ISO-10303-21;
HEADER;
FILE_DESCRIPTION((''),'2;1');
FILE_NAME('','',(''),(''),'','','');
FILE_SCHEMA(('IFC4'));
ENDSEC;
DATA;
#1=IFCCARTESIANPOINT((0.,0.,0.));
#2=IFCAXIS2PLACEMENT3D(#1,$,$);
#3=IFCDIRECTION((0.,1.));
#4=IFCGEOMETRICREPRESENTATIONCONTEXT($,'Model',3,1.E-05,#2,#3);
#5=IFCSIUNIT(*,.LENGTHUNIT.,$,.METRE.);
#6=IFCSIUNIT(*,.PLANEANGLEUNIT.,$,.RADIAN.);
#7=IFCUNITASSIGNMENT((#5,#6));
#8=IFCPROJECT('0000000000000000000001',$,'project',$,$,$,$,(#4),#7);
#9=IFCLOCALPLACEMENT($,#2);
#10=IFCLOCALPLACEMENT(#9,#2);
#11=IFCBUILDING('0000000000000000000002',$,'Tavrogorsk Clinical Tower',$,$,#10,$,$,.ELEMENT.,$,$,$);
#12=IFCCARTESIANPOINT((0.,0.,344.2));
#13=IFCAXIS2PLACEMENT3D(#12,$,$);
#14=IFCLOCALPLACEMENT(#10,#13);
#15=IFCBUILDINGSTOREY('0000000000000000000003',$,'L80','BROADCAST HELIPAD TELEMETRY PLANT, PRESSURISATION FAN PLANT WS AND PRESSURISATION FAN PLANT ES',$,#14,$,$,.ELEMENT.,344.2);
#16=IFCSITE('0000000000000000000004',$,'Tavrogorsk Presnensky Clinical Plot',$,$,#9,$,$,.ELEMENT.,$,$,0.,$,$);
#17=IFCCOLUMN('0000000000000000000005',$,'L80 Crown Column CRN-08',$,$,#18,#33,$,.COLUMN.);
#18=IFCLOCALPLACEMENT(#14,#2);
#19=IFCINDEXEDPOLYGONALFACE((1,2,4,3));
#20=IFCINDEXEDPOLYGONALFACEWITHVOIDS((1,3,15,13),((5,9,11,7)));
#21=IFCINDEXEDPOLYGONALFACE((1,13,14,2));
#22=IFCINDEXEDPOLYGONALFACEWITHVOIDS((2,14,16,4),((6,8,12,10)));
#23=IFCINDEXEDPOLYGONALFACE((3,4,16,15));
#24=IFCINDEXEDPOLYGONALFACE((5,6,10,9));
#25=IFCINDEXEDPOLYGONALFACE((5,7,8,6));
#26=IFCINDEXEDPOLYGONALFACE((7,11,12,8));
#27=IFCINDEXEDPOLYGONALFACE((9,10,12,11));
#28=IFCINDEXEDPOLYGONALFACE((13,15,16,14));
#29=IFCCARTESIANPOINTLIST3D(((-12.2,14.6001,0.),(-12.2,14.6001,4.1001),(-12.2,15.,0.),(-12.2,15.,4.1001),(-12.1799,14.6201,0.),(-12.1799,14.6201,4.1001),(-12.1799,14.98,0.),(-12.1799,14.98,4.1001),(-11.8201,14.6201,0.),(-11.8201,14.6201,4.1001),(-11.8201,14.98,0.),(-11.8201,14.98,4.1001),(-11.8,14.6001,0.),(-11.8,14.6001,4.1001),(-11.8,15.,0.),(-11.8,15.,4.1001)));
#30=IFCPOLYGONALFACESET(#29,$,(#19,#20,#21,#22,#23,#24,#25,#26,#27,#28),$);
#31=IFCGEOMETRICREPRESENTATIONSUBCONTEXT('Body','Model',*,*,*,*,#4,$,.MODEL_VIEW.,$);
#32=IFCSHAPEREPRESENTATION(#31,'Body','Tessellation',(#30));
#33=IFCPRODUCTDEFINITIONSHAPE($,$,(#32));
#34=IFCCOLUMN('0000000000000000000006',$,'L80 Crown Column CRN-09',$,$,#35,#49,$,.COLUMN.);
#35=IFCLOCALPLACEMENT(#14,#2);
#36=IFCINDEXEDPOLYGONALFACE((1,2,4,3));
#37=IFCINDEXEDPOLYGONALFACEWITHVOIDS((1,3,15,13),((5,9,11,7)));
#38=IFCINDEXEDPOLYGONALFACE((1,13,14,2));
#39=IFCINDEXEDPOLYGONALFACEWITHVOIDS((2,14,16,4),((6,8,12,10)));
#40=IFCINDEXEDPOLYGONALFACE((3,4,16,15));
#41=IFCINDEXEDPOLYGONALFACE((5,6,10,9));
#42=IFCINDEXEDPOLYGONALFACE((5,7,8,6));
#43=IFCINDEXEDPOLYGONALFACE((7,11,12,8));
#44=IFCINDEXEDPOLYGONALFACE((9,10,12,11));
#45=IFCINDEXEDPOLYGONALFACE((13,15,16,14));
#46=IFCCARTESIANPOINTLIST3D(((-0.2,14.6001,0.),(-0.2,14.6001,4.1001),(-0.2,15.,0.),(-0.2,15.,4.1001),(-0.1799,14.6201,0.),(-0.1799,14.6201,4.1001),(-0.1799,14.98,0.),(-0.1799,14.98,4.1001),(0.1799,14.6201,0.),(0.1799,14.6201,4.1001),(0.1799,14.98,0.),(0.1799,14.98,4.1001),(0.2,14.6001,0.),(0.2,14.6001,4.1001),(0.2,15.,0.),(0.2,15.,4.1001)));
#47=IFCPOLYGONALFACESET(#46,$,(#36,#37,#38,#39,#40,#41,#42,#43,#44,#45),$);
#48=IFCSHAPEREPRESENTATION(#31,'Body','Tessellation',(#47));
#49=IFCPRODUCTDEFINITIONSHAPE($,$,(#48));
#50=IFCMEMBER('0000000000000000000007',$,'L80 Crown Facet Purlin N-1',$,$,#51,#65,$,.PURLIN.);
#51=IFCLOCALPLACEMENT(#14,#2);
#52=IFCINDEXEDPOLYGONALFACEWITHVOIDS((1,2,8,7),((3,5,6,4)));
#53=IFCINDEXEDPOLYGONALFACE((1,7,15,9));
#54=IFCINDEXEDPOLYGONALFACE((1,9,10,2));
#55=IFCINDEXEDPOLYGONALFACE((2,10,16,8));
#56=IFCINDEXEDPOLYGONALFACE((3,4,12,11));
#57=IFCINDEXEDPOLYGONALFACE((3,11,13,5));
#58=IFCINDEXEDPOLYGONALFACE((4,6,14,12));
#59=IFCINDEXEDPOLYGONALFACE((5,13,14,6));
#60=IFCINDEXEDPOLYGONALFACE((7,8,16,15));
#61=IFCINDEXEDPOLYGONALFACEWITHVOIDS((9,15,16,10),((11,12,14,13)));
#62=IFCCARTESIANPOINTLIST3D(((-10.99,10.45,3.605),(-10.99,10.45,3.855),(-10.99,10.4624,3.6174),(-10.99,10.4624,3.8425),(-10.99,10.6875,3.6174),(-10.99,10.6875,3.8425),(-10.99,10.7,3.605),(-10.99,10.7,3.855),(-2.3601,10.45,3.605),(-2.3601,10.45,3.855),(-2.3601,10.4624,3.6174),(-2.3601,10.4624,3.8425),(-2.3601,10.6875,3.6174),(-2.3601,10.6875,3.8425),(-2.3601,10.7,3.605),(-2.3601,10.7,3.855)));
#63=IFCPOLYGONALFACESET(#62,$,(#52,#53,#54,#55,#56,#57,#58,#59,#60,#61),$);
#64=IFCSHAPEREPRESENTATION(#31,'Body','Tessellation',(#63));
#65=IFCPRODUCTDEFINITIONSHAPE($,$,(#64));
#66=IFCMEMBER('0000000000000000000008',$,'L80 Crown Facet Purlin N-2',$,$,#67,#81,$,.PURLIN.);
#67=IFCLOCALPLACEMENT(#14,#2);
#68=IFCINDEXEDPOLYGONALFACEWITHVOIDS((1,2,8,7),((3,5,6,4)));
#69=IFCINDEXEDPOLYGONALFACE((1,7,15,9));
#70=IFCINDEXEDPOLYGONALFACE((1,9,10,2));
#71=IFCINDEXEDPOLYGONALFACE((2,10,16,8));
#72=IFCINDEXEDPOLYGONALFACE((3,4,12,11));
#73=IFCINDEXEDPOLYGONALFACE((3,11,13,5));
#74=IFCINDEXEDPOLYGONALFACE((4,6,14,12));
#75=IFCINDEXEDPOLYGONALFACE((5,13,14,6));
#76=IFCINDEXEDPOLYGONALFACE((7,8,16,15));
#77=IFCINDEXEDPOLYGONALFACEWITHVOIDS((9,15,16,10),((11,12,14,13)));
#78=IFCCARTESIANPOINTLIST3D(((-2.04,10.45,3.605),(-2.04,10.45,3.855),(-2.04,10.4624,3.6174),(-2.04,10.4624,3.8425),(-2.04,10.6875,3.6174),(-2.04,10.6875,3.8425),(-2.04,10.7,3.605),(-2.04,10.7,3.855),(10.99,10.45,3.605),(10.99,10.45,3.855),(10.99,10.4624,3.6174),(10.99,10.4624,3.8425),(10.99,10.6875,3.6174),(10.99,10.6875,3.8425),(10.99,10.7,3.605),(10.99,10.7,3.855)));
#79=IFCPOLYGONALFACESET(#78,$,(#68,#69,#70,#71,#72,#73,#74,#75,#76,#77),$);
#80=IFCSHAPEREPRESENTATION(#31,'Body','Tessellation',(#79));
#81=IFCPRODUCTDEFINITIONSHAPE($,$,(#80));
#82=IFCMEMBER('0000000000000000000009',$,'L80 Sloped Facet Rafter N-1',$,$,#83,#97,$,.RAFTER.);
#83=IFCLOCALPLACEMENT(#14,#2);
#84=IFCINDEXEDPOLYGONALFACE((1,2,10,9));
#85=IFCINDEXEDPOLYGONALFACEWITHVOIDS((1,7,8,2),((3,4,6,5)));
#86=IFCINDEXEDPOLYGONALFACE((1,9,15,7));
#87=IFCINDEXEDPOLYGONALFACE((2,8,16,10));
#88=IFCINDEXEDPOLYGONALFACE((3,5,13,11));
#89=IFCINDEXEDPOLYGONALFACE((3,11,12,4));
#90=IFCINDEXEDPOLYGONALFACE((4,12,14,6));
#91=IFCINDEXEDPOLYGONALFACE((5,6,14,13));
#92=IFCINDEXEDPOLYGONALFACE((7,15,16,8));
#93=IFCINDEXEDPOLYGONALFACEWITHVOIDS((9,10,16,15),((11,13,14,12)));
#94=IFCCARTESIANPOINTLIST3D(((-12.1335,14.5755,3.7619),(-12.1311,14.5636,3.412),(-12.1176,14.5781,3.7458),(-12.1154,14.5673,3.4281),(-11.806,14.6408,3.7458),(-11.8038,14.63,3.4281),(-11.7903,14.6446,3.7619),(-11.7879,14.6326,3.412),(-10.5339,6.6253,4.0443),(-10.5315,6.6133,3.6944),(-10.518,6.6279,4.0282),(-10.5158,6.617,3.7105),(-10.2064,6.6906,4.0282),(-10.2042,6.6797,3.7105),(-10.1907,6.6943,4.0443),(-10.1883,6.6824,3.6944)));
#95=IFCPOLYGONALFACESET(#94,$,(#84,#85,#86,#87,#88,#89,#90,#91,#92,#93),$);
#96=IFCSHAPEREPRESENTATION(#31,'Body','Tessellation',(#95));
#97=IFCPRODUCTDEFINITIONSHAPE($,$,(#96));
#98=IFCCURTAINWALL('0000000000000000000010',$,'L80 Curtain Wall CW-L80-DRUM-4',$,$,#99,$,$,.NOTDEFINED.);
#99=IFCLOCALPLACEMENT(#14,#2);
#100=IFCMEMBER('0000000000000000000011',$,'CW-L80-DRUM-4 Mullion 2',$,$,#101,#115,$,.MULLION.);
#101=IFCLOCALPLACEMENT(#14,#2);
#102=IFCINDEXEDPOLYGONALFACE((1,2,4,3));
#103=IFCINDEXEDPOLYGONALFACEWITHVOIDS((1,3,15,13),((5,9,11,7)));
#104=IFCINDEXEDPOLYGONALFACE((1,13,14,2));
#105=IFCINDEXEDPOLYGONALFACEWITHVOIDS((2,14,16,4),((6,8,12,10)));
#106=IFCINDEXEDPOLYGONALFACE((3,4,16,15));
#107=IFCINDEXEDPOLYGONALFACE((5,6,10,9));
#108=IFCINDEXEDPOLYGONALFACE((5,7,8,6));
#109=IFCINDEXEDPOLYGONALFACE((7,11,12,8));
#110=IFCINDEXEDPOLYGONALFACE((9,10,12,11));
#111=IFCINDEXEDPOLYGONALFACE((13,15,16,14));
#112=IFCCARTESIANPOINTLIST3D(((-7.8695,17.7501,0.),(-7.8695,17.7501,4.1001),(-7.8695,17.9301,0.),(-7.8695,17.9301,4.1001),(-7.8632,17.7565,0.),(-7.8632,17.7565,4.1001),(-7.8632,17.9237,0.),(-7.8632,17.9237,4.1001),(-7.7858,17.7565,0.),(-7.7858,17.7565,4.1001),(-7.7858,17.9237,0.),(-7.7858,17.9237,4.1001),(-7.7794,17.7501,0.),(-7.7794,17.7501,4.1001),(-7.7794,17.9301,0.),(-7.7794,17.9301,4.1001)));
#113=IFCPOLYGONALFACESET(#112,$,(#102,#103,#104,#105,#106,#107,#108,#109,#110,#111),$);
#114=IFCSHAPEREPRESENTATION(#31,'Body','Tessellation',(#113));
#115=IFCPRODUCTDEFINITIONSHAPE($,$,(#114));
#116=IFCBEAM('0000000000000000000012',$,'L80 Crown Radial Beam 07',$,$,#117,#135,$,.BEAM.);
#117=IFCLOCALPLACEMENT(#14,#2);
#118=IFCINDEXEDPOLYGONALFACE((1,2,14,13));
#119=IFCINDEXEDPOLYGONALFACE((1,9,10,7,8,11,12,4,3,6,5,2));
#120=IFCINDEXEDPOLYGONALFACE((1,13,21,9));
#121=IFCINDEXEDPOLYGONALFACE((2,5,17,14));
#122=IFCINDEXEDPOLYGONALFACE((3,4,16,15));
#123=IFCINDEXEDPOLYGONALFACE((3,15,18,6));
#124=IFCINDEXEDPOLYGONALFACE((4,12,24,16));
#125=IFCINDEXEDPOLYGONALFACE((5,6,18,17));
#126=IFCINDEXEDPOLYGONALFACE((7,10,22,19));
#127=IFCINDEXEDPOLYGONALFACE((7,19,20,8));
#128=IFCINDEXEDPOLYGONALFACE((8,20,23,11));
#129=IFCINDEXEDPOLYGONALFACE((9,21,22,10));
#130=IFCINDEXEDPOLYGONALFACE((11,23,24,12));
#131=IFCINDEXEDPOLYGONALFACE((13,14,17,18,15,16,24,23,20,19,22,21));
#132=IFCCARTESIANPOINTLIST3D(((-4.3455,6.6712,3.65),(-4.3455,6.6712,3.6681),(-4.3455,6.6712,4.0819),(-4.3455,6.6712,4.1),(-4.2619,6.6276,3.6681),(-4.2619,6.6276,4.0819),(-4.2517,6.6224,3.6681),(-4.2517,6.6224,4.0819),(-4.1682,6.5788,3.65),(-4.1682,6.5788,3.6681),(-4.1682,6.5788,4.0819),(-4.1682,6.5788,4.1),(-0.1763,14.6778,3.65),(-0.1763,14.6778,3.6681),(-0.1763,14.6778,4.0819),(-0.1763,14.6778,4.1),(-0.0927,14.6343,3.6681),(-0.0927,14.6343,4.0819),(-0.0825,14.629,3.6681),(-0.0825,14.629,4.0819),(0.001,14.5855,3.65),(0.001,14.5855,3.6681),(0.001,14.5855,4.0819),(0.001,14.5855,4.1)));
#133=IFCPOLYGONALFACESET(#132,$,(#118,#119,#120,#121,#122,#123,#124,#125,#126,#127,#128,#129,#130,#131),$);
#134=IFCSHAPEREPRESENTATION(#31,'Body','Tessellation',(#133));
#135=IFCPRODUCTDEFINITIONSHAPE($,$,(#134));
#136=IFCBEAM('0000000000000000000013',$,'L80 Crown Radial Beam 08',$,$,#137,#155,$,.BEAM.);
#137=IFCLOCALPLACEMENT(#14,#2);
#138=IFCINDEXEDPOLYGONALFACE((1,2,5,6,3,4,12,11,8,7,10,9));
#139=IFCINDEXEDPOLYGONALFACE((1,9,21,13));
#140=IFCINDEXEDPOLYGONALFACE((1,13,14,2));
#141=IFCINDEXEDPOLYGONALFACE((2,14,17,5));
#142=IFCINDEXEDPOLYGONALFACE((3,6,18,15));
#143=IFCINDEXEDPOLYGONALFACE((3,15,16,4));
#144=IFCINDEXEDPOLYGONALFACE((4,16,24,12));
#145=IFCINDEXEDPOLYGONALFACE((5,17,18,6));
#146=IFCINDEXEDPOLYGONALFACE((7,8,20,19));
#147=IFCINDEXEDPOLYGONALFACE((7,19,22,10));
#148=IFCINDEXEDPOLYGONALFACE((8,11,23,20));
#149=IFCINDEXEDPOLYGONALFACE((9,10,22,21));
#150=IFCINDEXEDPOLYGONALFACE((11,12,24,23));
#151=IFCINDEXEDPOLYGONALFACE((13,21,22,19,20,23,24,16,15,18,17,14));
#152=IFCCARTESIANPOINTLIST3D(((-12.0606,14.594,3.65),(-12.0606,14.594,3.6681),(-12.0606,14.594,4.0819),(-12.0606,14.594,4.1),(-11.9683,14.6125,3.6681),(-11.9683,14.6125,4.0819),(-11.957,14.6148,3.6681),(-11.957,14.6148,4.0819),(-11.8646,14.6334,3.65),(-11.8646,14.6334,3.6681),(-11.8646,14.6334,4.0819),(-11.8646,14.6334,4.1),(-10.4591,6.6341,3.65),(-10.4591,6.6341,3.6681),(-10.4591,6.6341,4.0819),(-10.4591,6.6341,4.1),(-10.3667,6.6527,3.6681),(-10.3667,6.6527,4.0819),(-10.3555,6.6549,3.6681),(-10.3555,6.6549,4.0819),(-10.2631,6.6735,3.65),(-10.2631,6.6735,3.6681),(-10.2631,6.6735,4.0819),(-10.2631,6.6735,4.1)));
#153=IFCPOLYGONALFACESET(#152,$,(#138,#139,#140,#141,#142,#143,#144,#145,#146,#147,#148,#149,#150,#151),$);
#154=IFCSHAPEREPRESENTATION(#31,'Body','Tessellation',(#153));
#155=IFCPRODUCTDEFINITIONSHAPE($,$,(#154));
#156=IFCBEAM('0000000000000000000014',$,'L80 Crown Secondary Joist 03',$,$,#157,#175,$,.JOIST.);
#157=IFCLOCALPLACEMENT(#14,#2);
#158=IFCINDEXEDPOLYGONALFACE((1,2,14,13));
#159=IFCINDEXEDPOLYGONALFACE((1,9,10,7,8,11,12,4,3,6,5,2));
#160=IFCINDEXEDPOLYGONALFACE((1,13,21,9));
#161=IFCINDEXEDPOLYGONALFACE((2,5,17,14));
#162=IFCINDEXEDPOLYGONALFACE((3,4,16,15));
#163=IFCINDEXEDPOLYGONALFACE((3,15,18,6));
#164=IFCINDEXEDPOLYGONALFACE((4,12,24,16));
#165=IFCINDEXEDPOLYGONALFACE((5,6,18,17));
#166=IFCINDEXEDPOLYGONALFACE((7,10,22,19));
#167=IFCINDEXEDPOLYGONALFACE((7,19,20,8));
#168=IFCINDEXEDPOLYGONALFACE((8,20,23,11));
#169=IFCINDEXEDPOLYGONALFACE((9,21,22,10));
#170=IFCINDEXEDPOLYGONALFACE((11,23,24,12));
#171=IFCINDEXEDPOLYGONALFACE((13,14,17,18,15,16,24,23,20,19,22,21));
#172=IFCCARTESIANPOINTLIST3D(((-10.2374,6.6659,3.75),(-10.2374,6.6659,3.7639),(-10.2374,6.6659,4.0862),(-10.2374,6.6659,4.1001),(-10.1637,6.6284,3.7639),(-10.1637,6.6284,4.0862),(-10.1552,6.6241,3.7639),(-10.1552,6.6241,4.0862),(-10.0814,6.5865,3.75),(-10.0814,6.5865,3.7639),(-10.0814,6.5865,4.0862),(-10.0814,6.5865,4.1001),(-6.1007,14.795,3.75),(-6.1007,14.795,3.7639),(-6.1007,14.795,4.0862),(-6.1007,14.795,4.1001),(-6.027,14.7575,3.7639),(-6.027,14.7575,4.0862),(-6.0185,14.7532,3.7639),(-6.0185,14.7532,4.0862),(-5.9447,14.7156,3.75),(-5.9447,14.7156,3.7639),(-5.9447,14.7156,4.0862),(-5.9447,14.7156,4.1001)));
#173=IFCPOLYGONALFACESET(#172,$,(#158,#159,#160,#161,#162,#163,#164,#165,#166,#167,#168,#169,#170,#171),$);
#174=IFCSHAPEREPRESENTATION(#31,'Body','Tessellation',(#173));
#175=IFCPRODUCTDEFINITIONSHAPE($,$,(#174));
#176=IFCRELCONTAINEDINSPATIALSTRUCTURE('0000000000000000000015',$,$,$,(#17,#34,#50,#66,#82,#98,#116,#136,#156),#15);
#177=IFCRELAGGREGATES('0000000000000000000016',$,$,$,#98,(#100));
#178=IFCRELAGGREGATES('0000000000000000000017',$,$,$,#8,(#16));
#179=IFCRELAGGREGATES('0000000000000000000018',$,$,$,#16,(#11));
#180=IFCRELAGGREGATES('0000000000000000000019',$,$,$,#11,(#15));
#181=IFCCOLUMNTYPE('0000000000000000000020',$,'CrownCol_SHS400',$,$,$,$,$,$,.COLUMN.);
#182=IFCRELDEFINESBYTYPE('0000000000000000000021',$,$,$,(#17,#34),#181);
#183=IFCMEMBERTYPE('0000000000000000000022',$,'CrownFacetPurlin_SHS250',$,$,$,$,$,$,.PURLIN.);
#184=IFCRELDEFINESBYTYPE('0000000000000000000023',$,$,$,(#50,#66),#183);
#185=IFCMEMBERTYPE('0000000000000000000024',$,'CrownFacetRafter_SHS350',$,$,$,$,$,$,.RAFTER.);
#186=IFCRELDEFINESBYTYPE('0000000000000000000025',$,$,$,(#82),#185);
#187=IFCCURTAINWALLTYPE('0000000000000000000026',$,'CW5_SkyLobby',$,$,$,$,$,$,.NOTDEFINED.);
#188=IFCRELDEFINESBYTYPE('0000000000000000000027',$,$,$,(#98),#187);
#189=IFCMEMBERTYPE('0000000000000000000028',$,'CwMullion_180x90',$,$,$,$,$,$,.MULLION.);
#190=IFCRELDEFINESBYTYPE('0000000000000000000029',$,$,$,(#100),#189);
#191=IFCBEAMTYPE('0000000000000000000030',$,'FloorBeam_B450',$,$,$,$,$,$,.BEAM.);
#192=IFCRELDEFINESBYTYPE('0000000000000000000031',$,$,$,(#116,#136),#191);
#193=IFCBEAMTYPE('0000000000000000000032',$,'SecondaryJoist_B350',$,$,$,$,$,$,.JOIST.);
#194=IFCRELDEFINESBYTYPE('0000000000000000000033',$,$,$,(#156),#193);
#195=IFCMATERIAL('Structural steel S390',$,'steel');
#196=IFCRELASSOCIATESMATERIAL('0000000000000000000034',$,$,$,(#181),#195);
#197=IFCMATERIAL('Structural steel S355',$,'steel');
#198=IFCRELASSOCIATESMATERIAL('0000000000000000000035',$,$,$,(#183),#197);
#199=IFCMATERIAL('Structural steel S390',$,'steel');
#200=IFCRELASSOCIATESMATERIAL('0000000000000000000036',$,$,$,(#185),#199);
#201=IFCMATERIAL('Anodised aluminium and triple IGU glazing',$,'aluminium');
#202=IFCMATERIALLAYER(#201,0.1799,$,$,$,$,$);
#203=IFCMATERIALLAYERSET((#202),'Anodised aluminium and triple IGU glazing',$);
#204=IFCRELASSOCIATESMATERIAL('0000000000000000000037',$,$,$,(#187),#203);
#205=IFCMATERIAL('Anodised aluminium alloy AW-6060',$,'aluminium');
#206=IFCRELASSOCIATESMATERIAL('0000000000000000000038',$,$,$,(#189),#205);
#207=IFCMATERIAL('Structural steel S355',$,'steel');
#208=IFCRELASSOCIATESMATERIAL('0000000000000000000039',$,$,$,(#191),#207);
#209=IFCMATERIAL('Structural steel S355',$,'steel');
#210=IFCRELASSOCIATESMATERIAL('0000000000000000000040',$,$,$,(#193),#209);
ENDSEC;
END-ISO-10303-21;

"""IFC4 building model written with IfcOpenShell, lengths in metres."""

from ifc_helpers import new_model, si_unit, direction, frame, origin, origin_2d, place, context, subcontext, project, spatial, hollow_rectangle, i_section, extrude, material, layer, layer_set, material_profile, profile_set, type_object, element, aggregate, save


model = new_model("IFC4")

# Units and contexts
model_context = context("Model", 3, precision=1e-05, world=origin(), true_north=direction((0.0, 1.0)))
body_context = subcontext(model_context, "Body", "Model", "MODEL_VIEW")
ifc_project = project(units=[si_unit("LENGTHUNIT", "METRE"), si_unit("PLANEANGLEUNIT", "RADIAN")], contexts=[model_context])

# Site, building, storey
site_placement = place(None, origin())
site = spatial("IfcSite", under=ifc_project, at=site_placement, Name="Tavrogorsk Presnensky Clinical Plot", CompositionType="ELEMENT", RefElevation=0.0)
building_placement = place(site_placement, origin())
building = spatial("IfcBuilding", under=site, at=building_placement, Name="Tavrogorsk Clinical Tower", CompositionType="ELEMENT")
storey_placement = place(building_placement, frame((0.0, 0.0, 344.2)))
storey = spatial("IfcBuildingStorey", under=building, at=storey_placement, Name="L80", Description="BROADCAST HELIPAD TELEMETRY PLANT, PRESSURISATION FAN PLANT WS AND PRESSURISATION FAN PLANT ES", CompositionType="ELEMENT", Elevation=344.2)

# Columns
ifc_material_1 = material(Name="Structural steel S390", Category="steel")
ifc_material_profile_1 = material_profile(ifc_material_1, hollow_rectangle(XDim=0.3999, YDim=0.3999, WallThickness=0.02, at=origin_2d()), Name="SHS-400x400x20")
ifc_profile_set_1 = profile_set([ifc_material_profile_1], Name="Structural steel S390")
column_type = type_object("IfcColumnType", Name="CrownCol_SHS400", PredefinedType="COLUMN", material=ifc_profile_set_1)
for number, where, z_axis, x_axis, name in (
    (1, (-12.0, 14.8, 0.0), (0.0, 0.0, 1.0), (1.0, 0.0, 0.0), "L80 Crown Column CRN-08"),
    (2, (0.0, 14.8, 0.0), (0.0, 0.0, 1.0), (1.0, 0.0, 0.0), "L80 Crown Column CRN-09"),
):
    element("IfcColumn", number, at=place(storey_placement, frame(where, z_axis=z_axis, x_axis=x_axis)), inside=storey, type_object=column_type, Name=name, PredefinedType="COLUMN", context=body_context, shape_type="SweptSolid", body=[
        extrude(hollow_rectangle(XDim=0.3999, YDim=0.3999, WallThickness=0.02, at=origin_2d()), origin(), (0.0, 0.0, 1.0), 4.1001),
    ])

# Members
ifc_material_2 = material(Name="Structural steel S355", Category="steel")
ifc_material_profile_2 = material_profile(ifc_material_2, hollow_rectangle(XDim=0.25, YDim=0.25, WallThickness=0.0125, at=origin_2d()), Name="SHS-250x250x12.5")
ifc_profile_set_2 = profile_set([ifc_material_profile_2], Name="Structural steel S355")
member_type_1 = type_object("IfcMemberType", Name="CrownFacetPurlin_SHS250", PredefinedType="PURLIN", material=ifc_profile_set_2)
member_1_placement = place(storey_placement, frame((-10.99, 10.575, 3.73), z_axis=(1.0, 0.0, 0.0), x_axis=(0.0, 1.0, 0.0)))
element("IfcMember", 3, at=member_1_placement, inside=storey, type_object=member_type_1, Name="L80 Crown Facet Purlin N-1", PredefinedType="PURLIN", context=body_context, shape_type="SweptSolid", body=[
    extrude(hollow_rectangle(XDim=0.25, YDim=0.25, WallThickness=0.0125, at=origin_2d()), origin(), (0.0, 0.0, 1.0), 8.6299),
])
member_2_placement = place(storey_placement, frame((-2.04, 10.575, 3.73), z_axis=(1.0, 0.0, 0.0), x_axis=(0.0, 1.0, 0.0)))
element("IfcMember", 4, at=member_2_placement, inside=storey, type_object=member_type_1, Name="L80 Crown Facet Purlin N-2", PredefinedType="PURLIN", context=body_context, shape_type="SweptSolid", body=[
    extrude(hollow_rectangle(XDim=0.25, YDim=0.25, WallThickness=0.0125, at=origin_2d()), origin(), (0.0, 0.0, 1.0), 13.03),
])
ifc_material_3 = material(Name="Structural steel S390", Category="steel")
ifc_material_profile_3 = material_profile(ifc_material_3, hollow_rectangle(XDim=0.3501, YDim=0.3501, WallThickness=0.0161, at=origin_2d()), Name="SHS-350x350x16")
ifc_profile_set_3 = profile_set([ifc_material_profile_3], Name="Structural steel S390")
member_type_2 = type_object("IfcMemberType", Name="CrownFacetRafter_SHS350", PredefinedType="RAFTER", material=ifc_profile_set_3)
member_3_placement = place(storey_placement, frame((-10.3611, 6.6538, 3.8694), z_axis=(-0.197131, 0.979759, -0.034811), x_axis=(-0.980353, -0.197251, 0.0)))
element("IfcMember", 5, at=member_3_placement, inside=storey, type_object=member_type_2, Name="L80 Sloped Facet Rafter N-1", PredefinedType="RAFTER", context=body_context, shape_type="SweptSolid", body=[
    extrude(hollow_rectangle(XDim=0.3501, YDim=0.3501, WallThickness=0.0161, at=origin_2d()), origin(), (0.0, 0.0, 1.0), 8.1145),
])

# Curtain wall, member
ifc_material_4 = material(Name="Anodised aluminium and triple IGU glazing", Category="aluminium")
ifc_layer_1 = layer(ifc_material_4, 0.1799)
ifc_layer_set_1 = layer_set([ifc_layer_1], Name="Anodised aluminium and triple IGU glazing")
curtain_wall_type = type_object("IfcCurtainWallType", Name="CW5_SkyLobby", PredefinedType="NOTDEFINED", material=ifc_layer_set_1)
curtain_wall_placement = place(storey_placement, origin())
curtain_wall = element("IfcCurtainWall", 6, at=curtain_wall_placement, inside=storey, type_object=curtain_wall_type, Name="L80 Curtain Wall CW-L80-DRUM-4", PredefinedType="NOTDEFINED")
ifc_material_5 = material(Name="Anodised aluminium alloy AW-6060", Category="aluminium")
ifc_material_profile_4 = material_profile(ifc_material_5, hollow_rectangle(XDim=0.0901, YDim=0.1799, WallThickness=0.0063, at=origin_2d()), Name="RHS-180x90x6.3")
ifc_profile_set_4 = profile_set([ifc_material_profile_4], Name="Anodised aluminium alloy AW-6060")
member_type_3 = type_object("IfcMemberType", Name="CwMullion_180x90", PredefinedType="MULLION", material=ifc_profile_set_4)
member_4_placement = place(storey_placement, frame((-7.8245, 17.8401, 0.0), z_axis=(0.0, 0.0, 1.0), x_axis=(1.0, 0.0, 0.0)))
member_4 = element("IfcMember", 7, at=member_4_placement, type_object=member_type_3, Name="CW-L80-DRUM-4 Mullion 2", PredefinedType="MULLION", context=body_context, shape_type="SweptSolid", body=[
    extrude(hollow_rectangle(XDim=0.0901, YDim=0.1799, WallThickness=0.0063, at=origin_2d()), origin(), (0.0, 0.0, 1.0), 4.1001),
])

# Beams
ifc_material_6 = material(Name="Structural steel S355", Category="steel")
ifc_material_profile_5 = material_profile(ifc_material_6, i_section(OverallWidth=0.2, OverallDepth=0.45, WebThickness=0.0115, FlangeThickness=0.0181, at=origin_2d()), Name="B-450x200x11.5x18")
ifc_profile_set_5 = profile_set([ifc_material_profile_5], Name="Structural steel S355")
beam_type_1 = type_object("IfcBeamType", Name="FloorBeam_B450", PredefinedType="BEAM", material=ifc_profile_set_5)
beam_1_placement = place(storey_placement, frame((-4.2568, 6.625, 3.875), z_axis=(0.461855, 0.886955, 0.0), x_axis=(-0.886955, 0.461855, 0.0)))
element("IfcBeam", 8, at=beam_1_placement, inside=storey, type_object=beam_type_1, Name="L80 Crown Radial Beam 07", PredefinedType="BEAM", context=body_context, shape_type="SweptSolid", body=[
    extrude(i_section(OverallWidth=0.2, OverallDepth=0.45, WebThickness=0.0115, FlangeThickness=0.0181, at=origin_2d()), origin(), (0.0, 0.0, 1.0), 9.0271),
])
beam_2_placement = place(storey_placement, frame((-10.3611, 6.6538, 3.875), z_axis=(-0.197249, 0.980353, 0.0), x_axis=(-0.980353, -0.197249, 0.0)))
element("IfcBeam", 9, at=beam_2_placement, inside=storey, type_object=beam_type_1, Name="L80 Crown Radial Beam 08", PredefinedType="BEAM", context=body_context, shape_type="SweptSolid", body=[
    extrude(i_section(OverallWidth=0.2, OverallDepth=0.45, WebThickness=0.0115, FlangeThickness=0.0181, at=origin_2d()), origin(), (0.0, 0.0, 1.0), 8.1194),
])
ifc_material_7 = material(Name="Structural steel S355", Category="steel")
ifc_material_profile_6 = material_profile(ifc_material_7, i_section(OverallWidth=0.175, OverallDepth=0.3501, WebThickness=0.0095, FlangeThickness=0.0139, at=origin_2d()), Name="B-350x175x9.5x14")
ifc_profile_set_6 = profile_set([ifc_material_profile_6], Name="Structural steel S355")
beam_type_2 = type_object("IfcBeamType", Name="SecondaryJoist_B350", PredefinedType="JOIST", material=ifc_profile_set_6)
beam_3_placement = place(storey_placement, frame((-10.1594, 6.6262, 3.925), z_axis=(0.45353, 0.891241, 0.0), x_axis=(-0.891241, 0.45353, 0.0)))
element("IfcBeam", 10, at=beam_3_placement, inside=storey, type_object=beam_type_2, Name="L80 Crown Secondary Joist 03", PredefinedType="JOIST", context=body_context, shape_type="SweptSolid", body=[
    extrude(i_section(OverallWidth=0.175, OverallDepth=0.3501, WebThickness=0.0095, FlangeThickness=0.0139, at=origin_2d()), origin(), (0.0, 0.0, 1.0), 9.1211),
])

aggregate(curtain_wall, [member_4])

save(model, "model.ifc")
